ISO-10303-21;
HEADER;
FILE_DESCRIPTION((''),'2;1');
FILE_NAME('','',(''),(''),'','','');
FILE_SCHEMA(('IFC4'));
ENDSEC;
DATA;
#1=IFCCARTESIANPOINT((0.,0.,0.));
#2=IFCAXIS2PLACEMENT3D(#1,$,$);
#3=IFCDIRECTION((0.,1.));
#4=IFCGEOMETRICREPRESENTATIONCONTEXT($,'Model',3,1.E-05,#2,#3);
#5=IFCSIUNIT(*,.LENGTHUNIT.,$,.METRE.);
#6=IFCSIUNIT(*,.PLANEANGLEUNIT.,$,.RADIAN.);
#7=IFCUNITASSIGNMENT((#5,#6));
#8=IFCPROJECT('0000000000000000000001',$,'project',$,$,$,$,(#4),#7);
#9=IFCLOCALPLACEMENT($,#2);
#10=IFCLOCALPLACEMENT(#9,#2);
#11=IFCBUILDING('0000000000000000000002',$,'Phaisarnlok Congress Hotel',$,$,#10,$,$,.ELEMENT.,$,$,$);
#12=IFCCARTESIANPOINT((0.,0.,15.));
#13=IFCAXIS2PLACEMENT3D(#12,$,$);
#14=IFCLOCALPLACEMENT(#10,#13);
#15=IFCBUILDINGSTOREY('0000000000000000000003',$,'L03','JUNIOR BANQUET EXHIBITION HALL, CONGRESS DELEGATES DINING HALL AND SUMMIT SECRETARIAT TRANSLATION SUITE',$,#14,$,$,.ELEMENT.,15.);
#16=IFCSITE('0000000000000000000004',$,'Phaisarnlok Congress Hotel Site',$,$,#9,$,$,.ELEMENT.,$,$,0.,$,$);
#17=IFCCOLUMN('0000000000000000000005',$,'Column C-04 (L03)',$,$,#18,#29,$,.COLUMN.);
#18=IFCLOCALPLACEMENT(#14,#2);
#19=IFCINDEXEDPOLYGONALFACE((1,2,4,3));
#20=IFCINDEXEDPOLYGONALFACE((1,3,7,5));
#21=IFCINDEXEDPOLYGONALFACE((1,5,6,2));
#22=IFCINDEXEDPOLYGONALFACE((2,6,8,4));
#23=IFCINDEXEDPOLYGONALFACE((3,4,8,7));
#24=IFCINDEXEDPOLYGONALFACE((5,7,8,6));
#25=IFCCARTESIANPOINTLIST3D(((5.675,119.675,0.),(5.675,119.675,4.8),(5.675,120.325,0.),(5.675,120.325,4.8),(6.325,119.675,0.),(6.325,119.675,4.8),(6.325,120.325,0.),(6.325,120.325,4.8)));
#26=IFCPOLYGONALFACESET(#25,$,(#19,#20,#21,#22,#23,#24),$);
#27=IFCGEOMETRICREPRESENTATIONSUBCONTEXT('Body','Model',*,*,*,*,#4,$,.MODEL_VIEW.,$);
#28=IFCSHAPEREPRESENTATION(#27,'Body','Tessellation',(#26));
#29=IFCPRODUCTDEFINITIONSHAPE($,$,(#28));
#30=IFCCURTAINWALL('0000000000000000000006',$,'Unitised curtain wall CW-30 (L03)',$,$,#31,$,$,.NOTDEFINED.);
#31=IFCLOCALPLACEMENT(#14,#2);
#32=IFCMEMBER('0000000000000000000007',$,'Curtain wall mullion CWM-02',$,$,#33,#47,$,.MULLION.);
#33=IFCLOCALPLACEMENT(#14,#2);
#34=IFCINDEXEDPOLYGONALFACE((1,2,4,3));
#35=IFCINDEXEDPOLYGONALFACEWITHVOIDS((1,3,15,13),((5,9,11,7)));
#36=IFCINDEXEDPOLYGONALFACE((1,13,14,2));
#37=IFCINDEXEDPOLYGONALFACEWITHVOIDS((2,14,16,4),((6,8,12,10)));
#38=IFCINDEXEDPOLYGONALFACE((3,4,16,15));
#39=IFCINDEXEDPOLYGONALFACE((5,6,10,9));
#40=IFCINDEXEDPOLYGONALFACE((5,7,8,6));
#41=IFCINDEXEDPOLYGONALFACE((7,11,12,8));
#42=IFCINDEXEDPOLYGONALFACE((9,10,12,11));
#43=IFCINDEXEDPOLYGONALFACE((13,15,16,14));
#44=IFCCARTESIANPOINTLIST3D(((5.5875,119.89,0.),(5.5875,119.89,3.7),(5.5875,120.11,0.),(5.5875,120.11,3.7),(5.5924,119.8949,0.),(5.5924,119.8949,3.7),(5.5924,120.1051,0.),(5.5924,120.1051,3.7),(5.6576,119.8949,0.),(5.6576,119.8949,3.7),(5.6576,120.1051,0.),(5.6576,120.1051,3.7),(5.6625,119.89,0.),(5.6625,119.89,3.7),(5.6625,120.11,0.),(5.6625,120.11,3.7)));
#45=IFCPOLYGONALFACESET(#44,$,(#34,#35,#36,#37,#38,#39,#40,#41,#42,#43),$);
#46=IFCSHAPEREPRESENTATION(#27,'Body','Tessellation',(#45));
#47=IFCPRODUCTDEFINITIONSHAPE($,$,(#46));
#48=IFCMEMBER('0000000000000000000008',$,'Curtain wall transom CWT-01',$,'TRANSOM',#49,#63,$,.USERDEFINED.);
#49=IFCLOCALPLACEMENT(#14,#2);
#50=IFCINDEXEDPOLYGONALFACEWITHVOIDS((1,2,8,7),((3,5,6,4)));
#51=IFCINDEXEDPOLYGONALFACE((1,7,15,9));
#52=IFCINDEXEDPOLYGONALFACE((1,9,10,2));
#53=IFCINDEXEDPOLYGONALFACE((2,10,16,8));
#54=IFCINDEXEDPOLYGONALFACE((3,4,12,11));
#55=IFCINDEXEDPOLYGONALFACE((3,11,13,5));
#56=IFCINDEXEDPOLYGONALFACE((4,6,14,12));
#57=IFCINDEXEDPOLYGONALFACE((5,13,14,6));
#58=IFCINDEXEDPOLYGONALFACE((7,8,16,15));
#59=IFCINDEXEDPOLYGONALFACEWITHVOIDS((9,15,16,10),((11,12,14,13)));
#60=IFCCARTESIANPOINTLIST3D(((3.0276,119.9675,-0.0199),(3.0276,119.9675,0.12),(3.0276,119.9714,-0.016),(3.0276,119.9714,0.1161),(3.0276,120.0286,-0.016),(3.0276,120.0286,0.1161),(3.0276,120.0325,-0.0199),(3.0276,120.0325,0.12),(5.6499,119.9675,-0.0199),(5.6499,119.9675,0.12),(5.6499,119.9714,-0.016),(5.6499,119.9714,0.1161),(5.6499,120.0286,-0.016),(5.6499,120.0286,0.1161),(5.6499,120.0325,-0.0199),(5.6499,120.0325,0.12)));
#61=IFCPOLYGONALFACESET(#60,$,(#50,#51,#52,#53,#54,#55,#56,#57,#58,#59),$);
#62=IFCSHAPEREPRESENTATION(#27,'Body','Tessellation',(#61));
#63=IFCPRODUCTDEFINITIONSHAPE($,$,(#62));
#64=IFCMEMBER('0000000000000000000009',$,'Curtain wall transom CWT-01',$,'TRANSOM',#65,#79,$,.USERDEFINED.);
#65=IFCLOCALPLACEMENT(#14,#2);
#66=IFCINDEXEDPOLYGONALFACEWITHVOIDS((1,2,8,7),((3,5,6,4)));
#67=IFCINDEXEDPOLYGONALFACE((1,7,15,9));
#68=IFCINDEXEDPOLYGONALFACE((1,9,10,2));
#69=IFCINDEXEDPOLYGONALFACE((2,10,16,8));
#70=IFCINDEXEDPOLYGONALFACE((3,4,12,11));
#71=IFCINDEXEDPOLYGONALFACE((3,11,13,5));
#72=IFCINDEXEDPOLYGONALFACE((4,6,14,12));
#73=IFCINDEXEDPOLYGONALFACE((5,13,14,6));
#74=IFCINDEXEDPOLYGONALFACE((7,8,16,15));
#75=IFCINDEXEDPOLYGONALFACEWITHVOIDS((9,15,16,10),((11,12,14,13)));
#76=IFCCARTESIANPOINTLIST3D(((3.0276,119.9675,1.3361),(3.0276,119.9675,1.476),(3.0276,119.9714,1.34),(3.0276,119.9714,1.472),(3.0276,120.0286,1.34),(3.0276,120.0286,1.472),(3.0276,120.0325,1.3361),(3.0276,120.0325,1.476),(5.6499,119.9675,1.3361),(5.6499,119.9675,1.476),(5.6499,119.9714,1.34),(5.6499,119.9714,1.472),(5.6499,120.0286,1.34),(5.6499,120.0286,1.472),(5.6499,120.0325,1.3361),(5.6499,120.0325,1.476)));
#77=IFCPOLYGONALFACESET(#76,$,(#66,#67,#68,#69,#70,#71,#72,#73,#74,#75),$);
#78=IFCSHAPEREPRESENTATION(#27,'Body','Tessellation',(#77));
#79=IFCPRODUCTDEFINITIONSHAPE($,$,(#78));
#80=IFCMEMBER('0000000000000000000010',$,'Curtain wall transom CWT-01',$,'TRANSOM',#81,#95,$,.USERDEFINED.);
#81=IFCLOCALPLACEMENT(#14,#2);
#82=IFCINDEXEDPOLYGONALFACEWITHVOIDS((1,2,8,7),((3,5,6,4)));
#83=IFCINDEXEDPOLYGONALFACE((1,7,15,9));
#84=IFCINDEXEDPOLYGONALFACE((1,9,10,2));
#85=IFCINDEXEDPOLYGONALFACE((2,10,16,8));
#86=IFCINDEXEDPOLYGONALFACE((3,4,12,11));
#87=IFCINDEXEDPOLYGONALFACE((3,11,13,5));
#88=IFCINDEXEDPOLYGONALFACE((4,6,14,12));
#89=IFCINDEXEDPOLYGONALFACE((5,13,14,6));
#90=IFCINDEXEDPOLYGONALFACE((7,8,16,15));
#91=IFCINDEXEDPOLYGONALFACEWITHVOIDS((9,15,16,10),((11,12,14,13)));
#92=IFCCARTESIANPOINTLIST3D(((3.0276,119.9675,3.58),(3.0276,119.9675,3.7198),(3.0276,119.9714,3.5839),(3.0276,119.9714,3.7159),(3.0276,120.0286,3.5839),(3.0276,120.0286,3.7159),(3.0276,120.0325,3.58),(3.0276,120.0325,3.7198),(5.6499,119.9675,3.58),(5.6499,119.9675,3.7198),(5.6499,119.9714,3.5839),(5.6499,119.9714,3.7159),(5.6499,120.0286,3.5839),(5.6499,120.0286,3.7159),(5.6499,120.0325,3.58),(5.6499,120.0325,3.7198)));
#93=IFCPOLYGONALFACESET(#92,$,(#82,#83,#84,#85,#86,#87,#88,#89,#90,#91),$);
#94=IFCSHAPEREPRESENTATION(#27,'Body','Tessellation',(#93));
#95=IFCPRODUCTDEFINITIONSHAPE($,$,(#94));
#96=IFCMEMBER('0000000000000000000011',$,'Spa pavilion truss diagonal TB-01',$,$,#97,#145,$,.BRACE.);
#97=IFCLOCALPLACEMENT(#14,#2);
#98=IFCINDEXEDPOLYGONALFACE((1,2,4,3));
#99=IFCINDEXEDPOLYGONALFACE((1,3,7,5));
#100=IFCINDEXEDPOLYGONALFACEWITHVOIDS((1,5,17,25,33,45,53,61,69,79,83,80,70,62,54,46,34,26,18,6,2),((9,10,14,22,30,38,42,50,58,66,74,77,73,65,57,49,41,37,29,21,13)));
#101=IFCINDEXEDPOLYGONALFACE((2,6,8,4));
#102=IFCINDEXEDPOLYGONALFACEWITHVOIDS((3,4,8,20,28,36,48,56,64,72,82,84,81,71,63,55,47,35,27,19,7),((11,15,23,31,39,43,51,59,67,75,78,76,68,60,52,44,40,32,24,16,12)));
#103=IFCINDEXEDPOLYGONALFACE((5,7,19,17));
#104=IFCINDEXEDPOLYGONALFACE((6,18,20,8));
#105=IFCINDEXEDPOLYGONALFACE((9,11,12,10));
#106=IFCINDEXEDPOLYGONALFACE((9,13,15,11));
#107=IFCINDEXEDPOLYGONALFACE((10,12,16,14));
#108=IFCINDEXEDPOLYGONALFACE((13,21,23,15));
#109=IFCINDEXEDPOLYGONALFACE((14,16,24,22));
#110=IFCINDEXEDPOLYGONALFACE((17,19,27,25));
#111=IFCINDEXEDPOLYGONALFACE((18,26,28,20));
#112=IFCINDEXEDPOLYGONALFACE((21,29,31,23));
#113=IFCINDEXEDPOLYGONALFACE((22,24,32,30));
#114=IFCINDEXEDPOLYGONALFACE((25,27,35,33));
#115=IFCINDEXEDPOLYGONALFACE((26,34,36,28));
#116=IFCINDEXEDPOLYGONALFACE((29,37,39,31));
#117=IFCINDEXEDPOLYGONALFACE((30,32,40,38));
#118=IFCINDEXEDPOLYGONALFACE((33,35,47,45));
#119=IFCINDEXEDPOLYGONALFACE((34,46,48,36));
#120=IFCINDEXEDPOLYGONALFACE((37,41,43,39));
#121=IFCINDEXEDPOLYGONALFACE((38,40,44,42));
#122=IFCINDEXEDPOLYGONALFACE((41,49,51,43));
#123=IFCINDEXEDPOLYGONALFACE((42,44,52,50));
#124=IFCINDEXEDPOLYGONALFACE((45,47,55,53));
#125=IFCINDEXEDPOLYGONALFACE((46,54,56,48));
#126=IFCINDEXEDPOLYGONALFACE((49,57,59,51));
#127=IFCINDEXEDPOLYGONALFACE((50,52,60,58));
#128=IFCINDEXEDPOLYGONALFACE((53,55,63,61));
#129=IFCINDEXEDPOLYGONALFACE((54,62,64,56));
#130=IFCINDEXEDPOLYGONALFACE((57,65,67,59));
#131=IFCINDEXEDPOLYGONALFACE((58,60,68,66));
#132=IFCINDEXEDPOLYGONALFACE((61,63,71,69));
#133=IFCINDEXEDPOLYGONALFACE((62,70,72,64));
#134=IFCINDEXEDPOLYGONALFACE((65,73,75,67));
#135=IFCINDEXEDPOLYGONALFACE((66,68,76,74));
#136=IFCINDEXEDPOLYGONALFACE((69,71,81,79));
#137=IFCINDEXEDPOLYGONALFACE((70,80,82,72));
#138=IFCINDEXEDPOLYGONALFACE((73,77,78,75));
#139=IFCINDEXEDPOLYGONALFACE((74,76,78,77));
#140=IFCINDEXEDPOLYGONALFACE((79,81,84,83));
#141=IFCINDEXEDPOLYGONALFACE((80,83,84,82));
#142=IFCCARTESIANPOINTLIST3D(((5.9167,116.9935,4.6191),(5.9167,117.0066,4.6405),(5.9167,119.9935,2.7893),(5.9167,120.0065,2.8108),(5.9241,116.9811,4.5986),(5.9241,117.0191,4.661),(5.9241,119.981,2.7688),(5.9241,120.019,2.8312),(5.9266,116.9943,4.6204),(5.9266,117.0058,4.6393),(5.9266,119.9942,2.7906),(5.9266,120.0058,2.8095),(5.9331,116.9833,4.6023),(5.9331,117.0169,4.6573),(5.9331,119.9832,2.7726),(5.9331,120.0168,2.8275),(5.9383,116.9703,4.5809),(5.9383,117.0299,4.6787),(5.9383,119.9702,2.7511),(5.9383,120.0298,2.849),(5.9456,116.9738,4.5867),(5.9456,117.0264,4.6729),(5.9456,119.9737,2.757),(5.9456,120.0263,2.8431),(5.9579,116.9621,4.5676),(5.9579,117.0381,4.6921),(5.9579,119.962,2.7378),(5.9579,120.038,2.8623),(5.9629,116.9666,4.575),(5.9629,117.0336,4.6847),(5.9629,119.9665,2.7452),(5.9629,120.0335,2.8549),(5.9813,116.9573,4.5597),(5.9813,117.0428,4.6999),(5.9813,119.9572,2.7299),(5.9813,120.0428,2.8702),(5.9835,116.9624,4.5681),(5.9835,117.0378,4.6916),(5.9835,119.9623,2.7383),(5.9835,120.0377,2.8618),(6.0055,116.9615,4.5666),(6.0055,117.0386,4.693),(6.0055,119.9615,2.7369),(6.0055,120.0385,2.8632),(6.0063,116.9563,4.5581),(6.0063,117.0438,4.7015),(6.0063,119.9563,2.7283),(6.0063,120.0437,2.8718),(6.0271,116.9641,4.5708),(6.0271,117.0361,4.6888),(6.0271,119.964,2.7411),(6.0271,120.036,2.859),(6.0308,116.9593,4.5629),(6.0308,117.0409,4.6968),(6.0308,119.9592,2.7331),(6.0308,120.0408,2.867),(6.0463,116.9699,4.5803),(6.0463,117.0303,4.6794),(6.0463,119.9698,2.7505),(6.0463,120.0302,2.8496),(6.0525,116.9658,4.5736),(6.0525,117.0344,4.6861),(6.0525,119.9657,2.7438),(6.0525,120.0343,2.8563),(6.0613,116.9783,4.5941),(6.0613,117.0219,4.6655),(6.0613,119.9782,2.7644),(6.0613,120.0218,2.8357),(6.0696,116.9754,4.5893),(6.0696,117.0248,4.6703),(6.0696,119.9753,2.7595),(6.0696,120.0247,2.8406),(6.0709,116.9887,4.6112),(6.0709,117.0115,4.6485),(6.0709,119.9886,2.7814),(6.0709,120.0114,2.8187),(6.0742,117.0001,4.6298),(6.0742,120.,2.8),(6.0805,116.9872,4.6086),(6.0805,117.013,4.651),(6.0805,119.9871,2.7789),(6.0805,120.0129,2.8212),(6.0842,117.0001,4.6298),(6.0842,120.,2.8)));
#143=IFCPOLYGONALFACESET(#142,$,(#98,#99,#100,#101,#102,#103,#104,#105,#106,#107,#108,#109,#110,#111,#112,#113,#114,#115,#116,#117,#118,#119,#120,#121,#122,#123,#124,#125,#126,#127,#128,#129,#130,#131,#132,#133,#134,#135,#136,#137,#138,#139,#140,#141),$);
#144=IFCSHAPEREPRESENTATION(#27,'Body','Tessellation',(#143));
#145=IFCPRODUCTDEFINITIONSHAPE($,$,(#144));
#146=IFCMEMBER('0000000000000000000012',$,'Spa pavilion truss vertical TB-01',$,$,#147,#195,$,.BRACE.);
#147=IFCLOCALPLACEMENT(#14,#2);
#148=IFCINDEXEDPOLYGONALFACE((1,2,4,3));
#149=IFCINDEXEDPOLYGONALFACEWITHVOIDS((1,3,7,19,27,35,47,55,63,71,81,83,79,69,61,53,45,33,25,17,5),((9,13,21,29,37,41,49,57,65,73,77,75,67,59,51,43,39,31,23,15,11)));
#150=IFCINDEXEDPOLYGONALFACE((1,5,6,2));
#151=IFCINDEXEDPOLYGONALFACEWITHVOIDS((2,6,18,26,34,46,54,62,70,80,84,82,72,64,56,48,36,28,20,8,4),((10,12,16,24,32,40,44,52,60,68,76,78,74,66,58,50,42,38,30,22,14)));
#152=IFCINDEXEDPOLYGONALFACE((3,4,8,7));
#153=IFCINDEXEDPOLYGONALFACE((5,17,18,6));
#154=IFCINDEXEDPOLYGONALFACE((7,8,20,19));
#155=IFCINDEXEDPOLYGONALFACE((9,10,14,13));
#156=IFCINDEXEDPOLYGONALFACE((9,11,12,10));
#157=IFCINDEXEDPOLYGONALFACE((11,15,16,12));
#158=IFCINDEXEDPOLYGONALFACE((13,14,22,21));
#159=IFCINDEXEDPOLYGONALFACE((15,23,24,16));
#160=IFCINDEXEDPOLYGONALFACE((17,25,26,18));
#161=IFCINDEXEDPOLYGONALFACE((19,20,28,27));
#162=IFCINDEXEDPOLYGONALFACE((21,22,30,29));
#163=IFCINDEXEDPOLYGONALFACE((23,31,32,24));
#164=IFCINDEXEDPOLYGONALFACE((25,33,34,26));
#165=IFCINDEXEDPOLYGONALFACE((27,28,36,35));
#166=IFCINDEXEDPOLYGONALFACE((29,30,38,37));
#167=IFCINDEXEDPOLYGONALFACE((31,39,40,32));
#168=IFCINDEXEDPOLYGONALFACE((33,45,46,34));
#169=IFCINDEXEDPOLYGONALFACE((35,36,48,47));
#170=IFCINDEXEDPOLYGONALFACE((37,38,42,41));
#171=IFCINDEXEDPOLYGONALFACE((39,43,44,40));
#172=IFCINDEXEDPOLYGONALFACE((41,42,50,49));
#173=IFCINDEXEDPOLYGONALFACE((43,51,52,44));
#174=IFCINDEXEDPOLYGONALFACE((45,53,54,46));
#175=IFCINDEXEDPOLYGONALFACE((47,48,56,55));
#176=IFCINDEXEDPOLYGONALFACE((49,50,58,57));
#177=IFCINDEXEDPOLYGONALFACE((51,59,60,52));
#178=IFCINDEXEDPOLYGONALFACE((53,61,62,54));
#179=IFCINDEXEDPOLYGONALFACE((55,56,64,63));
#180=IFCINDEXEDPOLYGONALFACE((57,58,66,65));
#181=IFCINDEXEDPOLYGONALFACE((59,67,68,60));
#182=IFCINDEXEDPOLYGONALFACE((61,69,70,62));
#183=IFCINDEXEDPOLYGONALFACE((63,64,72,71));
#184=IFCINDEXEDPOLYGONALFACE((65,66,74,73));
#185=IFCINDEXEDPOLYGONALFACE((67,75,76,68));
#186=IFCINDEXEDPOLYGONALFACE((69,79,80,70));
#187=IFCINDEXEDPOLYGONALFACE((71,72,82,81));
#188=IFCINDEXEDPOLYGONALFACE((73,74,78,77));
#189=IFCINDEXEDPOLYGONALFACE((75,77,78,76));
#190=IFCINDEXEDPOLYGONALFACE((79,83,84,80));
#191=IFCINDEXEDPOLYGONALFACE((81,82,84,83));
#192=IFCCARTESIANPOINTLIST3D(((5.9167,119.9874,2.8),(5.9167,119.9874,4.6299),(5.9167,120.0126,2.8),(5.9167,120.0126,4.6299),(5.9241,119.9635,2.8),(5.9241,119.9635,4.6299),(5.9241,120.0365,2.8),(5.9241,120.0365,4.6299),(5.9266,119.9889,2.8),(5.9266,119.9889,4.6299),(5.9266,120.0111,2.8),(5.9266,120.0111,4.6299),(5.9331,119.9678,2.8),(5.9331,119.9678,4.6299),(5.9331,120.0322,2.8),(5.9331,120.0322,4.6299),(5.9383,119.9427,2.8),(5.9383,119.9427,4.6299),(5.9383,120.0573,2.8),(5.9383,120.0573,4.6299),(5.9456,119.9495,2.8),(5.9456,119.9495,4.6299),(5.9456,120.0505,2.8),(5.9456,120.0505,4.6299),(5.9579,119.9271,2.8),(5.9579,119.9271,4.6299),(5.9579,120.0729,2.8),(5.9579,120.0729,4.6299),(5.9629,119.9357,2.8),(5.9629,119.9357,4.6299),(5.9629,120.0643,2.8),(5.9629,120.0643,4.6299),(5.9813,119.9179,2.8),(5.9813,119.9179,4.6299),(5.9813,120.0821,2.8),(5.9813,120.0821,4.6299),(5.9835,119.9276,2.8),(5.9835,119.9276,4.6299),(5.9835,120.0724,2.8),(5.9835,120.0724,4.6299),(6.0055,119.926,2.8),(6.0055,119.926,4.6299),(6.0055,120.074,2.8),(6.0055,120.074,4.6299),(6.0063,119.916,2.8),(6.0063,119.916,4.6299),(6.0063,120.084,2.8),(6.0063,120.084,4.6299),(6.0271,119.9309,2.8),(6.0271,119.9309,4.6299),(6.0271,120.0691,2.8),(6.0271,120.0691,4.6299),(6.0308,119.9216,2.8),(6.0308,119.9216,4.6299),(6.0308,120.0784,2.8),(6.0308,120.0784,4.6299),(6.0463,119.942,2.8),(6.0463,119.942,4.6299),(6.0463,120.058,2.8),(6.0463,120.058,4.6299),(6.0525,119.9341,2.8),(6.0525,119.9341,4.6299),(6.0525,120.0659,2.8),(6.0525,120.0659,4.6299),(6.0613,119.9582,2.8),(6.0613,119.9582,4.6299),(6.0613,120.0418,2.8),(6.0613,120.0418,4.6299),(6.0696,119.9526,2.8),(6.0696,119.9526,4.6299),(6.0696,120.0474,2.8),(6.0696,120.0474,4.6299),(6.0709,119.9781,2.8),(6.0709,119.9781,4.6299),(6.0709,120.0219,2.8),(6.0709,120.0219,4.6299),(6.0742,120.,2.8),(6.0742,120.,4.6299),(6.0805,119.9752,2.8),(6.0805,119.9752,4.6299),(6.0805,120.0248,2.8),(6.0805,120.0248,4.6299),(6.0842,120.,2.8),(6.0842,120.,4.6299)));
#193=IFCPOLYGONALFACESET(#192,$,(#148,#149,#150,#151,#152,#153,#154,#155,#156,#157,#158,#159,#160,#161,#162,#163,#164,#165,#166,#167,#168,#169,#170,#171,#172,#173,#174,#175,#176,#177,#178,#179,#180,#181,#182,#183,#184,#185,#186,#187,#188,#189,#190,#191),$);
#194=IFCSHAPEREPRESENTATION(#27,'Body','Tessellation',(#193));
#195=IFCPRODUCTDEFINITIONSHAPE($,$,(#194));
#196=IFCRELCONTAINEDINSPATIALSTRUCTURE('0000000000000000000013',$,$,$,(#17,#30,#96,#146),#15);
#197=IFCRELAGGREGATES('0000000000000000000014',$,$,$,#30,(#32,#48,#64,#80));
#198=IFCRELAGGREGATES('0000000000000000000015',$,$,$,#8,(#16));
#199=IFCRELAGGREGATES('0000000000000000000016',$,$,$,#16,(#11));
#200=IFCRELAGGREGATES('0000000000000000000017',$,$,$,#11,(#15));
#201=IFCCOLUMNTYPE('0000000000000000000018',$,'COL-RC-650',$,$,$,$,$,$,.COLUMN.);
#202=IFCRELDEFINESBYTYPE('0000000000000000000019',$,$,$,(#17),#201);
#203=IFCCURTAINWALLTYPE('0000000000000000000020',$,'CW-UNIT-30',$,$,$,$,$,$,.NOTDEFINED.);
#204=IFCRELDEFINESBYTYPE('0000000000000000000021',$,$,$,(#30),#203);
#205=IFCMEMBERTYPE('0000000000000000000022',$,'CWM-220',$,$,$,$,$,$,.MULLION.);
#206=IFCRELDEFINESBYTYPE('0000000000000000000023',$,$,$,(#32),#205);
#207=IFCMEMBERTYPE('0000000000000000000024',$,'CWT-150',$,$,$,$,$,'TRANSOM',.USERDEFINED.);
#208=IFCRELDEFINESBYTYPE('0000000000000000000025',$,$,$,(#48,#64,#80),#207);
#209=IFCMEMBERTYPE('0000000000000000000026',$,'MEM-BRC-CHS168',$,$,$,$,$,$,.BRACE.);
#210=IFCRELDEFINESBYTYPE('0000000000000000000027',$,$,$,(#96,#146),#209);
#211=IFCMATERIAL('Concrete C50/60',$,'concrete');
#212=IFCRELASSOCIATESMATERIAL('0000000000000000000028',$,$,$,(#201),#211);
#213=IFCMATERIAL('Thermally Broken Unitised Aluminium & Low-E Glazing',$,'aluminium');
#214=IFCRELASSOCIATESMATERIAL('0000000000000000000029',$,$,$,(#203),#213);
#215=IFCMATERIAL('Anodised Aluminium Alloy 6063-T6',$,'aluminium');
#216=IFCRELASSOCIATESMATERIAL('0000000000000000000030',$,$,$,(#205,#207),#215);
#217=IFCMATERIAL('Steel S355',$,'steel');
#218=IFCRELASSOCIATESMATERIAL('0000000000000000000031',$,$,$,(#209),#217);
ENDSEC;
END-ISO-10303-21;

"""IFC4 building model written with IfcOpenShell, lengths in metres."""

from ifc_helpers import new_model, si_unit, direction, frame, origin, origin_2d, place, context, subcontext, project, spatial, rectangle, hollow_rectangle, hollow_circle, extrude, material, material_profile, profile_set, type_object, element, aggregate, save


model = new_model("IFC4")

# Units and contexts
model_context = context("Model", 3, precision=1e-05, world=origin(), true_north=direction((0.0, 1.0)))
body_context = subcontext(model_context, "Body", "Model", "MODEL_VIEW")
ifc_project = project(units=[si_unit("LENGTHUNIT", "METRE"), si_unit("PLANEANGLEUNIT", "RADIAN")], contexts=[model_context])

# Site, building, storey
site_placement = place(None, origin())
site = spatial("IfcSite", under=ifc_project, at=site_placement, Name="Phaisarnlok Congress Hotel Site", CompositionType="ELEMENT", RefElevation=0.0)
building_placement = place(site_placement, origin())
building = spatial("IfcBuilding", under=site, at=building_placement, Name="Phaisarnlok Congress Hotel", CompositionType="ELEMENT")
storey_placement = place(building_placement, frame((0.0, 0.0, 15.0)))
storey = spatial("IfcBuildingStorey", under=building, at=storey_placement, Name="L03", Description="JUNIOR BANQUET EXHIBITION HALL, CONGRESS DELEGATES DINING HALL AND SUMMIT SECRETARIAT TRANSLATION SUITE", CompositionType="ELEMENT", Elevation=15.0)

# Column
ifc_material_1 = material(Name="Concrete C50/60", Category="concrete")
ifc_material_profile_1 = material_profile(ifc_material_1, rectangle(XDim=0.6499, YDim=0.6499, at=origin_2d()), Name="RC 650x650")
ifc_profile_set_1 = profile_set([ifc_material_profile_1], Name="Concrete C50/60")
column_type = type_object("IfcColumnType", Name="COL-RC-650", PredefinedType="COLUMN", material=ifc_profile_set_1)
column_placement = place(storey_placement, frame((6.0, 120.0, 0.0), z_axis=(0.0, 0.0, 1.0), x_axis=(1.0, 0.0, 0.0)))
element("IfcColumn", 1, at=column_placement, inside=storey, type_object=column_type, Name="Column C-04 (L03)", PredefinedType="COLUMN", context=body_context, shape_type="SweptSolid", body=[
    extrude(rectangle(XDim=0.6499, YDim=0.6499, at=origin_2d()), origin(), (0.0, 0.0, 1.0), 4.8),
])

# Curtain wall, members
ifc_material_2 = material(Name="Thermally Broken Unitised Aluminium & Low-E Glazing", Category="aluminium")
curtain_wall_type = type_object("IfcCurtainWallType", Name="CW-UNIT-30", PredefinedType="NOTDEFINED", material=ifc_material_2)
curtain_wall_placement = place(storey_placement, origin())
curtain_wall = element("IfcCurtainWall", 2, at=curtain_wall_placement, inside=storey, type_object=curtain_wall_type, Name="Unitised curtain wall CW-30 (L03)", PredefinedType="NOTDEFINED")
ifc_material_3 = material(Name="Anodised Aluminium Alloy 6063-T6", Category="aluminium")
ifc_material_profile_2 = material_profile(ifc_material_3, hollow_rectangle(XDim=0.075, YDim=0.22, WallThickness=0.0049, at=origin_2d()), Name="ALU-M 75x220x5")
ifc_profile_set_2 = profile_set([ifc_material_profile_2], Name="Anodised Aluminium Alloy 6063-T6")
member_type_1 = type_object("IfcMemberType", Name="CWM-220", PredefinedType="MULLION", material=ifc_profile_set_2)
member_1_placement = place(storey_placement, frame((5.625, 120.0, 0.0), z_axis=(0.0, 0.0, 1.0), x_axis=(-1.0, 0.0, 0.0)))
member_1 = element("IfcMember", 3, at=member_1_placement, type_object=member_type_1, Name="Curtain wall mullion CWM-02", PredefinedType="MULLION", context=body_context, shape_type="SweptSolid", body=[
    extrude(hollow_rectangle(XDim=0.075, YDim=0.22, WallThickness=0.0049, at=origin_2d()), origin(), (0.0, 0.0, 1.0), 3.7),
])
ifc_material_profile_3 = material_profile(ifc_material_3, hollow_rectangle(XDim=0.0649, YDim=0.1399, WallThickness=0.0039, at=origin_2d()), Name="ALU-T 65x140x4")
ifc_profile_set_3 = profile_set([ifc_material_profile_3], Name="Anodised Aluminium Alloy 6063-T6")
member_type_2 = type_object("IfcMemberType", Name="CWT-150", ElementType="TRANSOM", PredefinedType="USERDEFINED", material=ifc_profile_set_3)
member_2_placement = place(storey_placement, frame((5.6499, 120.0, 0.05), z_axis=(-1.0, 0.0, 0.0), x_axis=(0.0, -1.0, 0.0)))
member_2 = element("IfcMember", 4, at=member_2_placement, type_object=member_type_2, Name="Curtain wall transom CWT-01", ObjectType="TRANSOM", PredefinedType="USERDEFINED", context=body_context, shape_type="SweptSolid", body=[
    extrude(hollow_rectangle(XDim=0.0649, YDim=0.1399, WallThickness=0.0039, at=origin_2d()), origin(), (0.0, 0.0, 1.0), 2.6223),
])
member_3_placement = place(storey_placement, frame((5.6499, 120.0, 1.406), z_axis=(-1.0, 0.0, 0.0), x_axis=(0.0, -1.0, 0.0)))
member_3 = element("IfcMember", 5, at=member_3_placement, type_object=member_type_2, Name="Curtain wall transom CWT-01", ObjectType="TRANSOM", PredefinedType="USERDEFINED", context=body_context, shape_type="SweptSolid", body=[
    extrude(hollow_rectangle(XDim=0.0649, YDim=0.1399, WallThickness=0.0039, at=origin_2d()), origin(), (0.0, 0.0, 1.0), 2.6223),
])
member_4_placement = place(storey_placement, frame((5.6499, 120.0, 3.6499), z_axis=(-1.0, 0.0, 0.0), x_axis=(0.0, -1.0, 0.0)))
member_4 = element("IfcMember", 6, at=member_4_placement, type_object=member_type_2, Name="Curtain wall transom CWT-01", ObjectType="TRANSOM", PredefinedType="USERDEFINED", context=body_context, shape_type="SweptSolid", body=[
    extrude(hollow_rectangle(XDim=0.0649, YDim=0.1399, WallThickness=0.0039, at=origin_2d()), origin(), (0.0, 0.0, 1.0), 2.6223),
])

# Members
ifc_material_4 = material(Name="Steel S355", Category="steel")
ifc_material_profile_4 = material_profile(ifc_material_4, hollow_circle(Radius=0.0842, WallThickness=0.01, at=origin_2d()), Name="CHS 168.3x10")
ifc_profile_set_4 = profile_set([ifc_material_profile_4], Name="Steel S355")
member_type_3 = type_object("IfcMemberType", Name="MEM-BRC-CHS168", PredefinedType="BRACE", material=ifc_profile_set_4)
member_5_placement = place(storey_placement, frame((6.0, 120.0, 2.8), z_axis=(0.0, -0.853725, 0.520725), x_axis=(1.0, 0.0, 0.0)))
element("IfcMember", 7, at=member_5_placement, inside=storey, type_object=member_type_3, Name="Spa pavilion truss diagonal TB-01", PredefinedType="BRACE", context=body_context, shape_type="SweptSolid", body=[
    extrude(hollow_circle(Radius=0.0842, WallThickness=0.01, at=origin_2d()), origin(), (0.0, 0.0, 1.0), 3.5139),
])
member_6_placement = place(storey_placement, frame((6.0, 120.0, 2.8), z_axis=(0.0, 0.0, 1.0), x_axis=(1.0, 0.0, 0.0)))
element("IfcMember", 8, at=member_6_placement, inside=storey, type_object=member_type_3, Name="Spa pavilion truss vertical TB-01", PredefinedType="BRACE", context=body_context, shape_type="SweptSolid", body=[
    extrude(hollow_circle(Radius=0.0842, WallThickness=0.01, at=origin_2d()), origin(), (0.0, 0.0, 1.0), 1.8298),
])

aggregate(curtain_wall, [member_1, member_2, member_3, member_4])

save(model, "model.ifc")
